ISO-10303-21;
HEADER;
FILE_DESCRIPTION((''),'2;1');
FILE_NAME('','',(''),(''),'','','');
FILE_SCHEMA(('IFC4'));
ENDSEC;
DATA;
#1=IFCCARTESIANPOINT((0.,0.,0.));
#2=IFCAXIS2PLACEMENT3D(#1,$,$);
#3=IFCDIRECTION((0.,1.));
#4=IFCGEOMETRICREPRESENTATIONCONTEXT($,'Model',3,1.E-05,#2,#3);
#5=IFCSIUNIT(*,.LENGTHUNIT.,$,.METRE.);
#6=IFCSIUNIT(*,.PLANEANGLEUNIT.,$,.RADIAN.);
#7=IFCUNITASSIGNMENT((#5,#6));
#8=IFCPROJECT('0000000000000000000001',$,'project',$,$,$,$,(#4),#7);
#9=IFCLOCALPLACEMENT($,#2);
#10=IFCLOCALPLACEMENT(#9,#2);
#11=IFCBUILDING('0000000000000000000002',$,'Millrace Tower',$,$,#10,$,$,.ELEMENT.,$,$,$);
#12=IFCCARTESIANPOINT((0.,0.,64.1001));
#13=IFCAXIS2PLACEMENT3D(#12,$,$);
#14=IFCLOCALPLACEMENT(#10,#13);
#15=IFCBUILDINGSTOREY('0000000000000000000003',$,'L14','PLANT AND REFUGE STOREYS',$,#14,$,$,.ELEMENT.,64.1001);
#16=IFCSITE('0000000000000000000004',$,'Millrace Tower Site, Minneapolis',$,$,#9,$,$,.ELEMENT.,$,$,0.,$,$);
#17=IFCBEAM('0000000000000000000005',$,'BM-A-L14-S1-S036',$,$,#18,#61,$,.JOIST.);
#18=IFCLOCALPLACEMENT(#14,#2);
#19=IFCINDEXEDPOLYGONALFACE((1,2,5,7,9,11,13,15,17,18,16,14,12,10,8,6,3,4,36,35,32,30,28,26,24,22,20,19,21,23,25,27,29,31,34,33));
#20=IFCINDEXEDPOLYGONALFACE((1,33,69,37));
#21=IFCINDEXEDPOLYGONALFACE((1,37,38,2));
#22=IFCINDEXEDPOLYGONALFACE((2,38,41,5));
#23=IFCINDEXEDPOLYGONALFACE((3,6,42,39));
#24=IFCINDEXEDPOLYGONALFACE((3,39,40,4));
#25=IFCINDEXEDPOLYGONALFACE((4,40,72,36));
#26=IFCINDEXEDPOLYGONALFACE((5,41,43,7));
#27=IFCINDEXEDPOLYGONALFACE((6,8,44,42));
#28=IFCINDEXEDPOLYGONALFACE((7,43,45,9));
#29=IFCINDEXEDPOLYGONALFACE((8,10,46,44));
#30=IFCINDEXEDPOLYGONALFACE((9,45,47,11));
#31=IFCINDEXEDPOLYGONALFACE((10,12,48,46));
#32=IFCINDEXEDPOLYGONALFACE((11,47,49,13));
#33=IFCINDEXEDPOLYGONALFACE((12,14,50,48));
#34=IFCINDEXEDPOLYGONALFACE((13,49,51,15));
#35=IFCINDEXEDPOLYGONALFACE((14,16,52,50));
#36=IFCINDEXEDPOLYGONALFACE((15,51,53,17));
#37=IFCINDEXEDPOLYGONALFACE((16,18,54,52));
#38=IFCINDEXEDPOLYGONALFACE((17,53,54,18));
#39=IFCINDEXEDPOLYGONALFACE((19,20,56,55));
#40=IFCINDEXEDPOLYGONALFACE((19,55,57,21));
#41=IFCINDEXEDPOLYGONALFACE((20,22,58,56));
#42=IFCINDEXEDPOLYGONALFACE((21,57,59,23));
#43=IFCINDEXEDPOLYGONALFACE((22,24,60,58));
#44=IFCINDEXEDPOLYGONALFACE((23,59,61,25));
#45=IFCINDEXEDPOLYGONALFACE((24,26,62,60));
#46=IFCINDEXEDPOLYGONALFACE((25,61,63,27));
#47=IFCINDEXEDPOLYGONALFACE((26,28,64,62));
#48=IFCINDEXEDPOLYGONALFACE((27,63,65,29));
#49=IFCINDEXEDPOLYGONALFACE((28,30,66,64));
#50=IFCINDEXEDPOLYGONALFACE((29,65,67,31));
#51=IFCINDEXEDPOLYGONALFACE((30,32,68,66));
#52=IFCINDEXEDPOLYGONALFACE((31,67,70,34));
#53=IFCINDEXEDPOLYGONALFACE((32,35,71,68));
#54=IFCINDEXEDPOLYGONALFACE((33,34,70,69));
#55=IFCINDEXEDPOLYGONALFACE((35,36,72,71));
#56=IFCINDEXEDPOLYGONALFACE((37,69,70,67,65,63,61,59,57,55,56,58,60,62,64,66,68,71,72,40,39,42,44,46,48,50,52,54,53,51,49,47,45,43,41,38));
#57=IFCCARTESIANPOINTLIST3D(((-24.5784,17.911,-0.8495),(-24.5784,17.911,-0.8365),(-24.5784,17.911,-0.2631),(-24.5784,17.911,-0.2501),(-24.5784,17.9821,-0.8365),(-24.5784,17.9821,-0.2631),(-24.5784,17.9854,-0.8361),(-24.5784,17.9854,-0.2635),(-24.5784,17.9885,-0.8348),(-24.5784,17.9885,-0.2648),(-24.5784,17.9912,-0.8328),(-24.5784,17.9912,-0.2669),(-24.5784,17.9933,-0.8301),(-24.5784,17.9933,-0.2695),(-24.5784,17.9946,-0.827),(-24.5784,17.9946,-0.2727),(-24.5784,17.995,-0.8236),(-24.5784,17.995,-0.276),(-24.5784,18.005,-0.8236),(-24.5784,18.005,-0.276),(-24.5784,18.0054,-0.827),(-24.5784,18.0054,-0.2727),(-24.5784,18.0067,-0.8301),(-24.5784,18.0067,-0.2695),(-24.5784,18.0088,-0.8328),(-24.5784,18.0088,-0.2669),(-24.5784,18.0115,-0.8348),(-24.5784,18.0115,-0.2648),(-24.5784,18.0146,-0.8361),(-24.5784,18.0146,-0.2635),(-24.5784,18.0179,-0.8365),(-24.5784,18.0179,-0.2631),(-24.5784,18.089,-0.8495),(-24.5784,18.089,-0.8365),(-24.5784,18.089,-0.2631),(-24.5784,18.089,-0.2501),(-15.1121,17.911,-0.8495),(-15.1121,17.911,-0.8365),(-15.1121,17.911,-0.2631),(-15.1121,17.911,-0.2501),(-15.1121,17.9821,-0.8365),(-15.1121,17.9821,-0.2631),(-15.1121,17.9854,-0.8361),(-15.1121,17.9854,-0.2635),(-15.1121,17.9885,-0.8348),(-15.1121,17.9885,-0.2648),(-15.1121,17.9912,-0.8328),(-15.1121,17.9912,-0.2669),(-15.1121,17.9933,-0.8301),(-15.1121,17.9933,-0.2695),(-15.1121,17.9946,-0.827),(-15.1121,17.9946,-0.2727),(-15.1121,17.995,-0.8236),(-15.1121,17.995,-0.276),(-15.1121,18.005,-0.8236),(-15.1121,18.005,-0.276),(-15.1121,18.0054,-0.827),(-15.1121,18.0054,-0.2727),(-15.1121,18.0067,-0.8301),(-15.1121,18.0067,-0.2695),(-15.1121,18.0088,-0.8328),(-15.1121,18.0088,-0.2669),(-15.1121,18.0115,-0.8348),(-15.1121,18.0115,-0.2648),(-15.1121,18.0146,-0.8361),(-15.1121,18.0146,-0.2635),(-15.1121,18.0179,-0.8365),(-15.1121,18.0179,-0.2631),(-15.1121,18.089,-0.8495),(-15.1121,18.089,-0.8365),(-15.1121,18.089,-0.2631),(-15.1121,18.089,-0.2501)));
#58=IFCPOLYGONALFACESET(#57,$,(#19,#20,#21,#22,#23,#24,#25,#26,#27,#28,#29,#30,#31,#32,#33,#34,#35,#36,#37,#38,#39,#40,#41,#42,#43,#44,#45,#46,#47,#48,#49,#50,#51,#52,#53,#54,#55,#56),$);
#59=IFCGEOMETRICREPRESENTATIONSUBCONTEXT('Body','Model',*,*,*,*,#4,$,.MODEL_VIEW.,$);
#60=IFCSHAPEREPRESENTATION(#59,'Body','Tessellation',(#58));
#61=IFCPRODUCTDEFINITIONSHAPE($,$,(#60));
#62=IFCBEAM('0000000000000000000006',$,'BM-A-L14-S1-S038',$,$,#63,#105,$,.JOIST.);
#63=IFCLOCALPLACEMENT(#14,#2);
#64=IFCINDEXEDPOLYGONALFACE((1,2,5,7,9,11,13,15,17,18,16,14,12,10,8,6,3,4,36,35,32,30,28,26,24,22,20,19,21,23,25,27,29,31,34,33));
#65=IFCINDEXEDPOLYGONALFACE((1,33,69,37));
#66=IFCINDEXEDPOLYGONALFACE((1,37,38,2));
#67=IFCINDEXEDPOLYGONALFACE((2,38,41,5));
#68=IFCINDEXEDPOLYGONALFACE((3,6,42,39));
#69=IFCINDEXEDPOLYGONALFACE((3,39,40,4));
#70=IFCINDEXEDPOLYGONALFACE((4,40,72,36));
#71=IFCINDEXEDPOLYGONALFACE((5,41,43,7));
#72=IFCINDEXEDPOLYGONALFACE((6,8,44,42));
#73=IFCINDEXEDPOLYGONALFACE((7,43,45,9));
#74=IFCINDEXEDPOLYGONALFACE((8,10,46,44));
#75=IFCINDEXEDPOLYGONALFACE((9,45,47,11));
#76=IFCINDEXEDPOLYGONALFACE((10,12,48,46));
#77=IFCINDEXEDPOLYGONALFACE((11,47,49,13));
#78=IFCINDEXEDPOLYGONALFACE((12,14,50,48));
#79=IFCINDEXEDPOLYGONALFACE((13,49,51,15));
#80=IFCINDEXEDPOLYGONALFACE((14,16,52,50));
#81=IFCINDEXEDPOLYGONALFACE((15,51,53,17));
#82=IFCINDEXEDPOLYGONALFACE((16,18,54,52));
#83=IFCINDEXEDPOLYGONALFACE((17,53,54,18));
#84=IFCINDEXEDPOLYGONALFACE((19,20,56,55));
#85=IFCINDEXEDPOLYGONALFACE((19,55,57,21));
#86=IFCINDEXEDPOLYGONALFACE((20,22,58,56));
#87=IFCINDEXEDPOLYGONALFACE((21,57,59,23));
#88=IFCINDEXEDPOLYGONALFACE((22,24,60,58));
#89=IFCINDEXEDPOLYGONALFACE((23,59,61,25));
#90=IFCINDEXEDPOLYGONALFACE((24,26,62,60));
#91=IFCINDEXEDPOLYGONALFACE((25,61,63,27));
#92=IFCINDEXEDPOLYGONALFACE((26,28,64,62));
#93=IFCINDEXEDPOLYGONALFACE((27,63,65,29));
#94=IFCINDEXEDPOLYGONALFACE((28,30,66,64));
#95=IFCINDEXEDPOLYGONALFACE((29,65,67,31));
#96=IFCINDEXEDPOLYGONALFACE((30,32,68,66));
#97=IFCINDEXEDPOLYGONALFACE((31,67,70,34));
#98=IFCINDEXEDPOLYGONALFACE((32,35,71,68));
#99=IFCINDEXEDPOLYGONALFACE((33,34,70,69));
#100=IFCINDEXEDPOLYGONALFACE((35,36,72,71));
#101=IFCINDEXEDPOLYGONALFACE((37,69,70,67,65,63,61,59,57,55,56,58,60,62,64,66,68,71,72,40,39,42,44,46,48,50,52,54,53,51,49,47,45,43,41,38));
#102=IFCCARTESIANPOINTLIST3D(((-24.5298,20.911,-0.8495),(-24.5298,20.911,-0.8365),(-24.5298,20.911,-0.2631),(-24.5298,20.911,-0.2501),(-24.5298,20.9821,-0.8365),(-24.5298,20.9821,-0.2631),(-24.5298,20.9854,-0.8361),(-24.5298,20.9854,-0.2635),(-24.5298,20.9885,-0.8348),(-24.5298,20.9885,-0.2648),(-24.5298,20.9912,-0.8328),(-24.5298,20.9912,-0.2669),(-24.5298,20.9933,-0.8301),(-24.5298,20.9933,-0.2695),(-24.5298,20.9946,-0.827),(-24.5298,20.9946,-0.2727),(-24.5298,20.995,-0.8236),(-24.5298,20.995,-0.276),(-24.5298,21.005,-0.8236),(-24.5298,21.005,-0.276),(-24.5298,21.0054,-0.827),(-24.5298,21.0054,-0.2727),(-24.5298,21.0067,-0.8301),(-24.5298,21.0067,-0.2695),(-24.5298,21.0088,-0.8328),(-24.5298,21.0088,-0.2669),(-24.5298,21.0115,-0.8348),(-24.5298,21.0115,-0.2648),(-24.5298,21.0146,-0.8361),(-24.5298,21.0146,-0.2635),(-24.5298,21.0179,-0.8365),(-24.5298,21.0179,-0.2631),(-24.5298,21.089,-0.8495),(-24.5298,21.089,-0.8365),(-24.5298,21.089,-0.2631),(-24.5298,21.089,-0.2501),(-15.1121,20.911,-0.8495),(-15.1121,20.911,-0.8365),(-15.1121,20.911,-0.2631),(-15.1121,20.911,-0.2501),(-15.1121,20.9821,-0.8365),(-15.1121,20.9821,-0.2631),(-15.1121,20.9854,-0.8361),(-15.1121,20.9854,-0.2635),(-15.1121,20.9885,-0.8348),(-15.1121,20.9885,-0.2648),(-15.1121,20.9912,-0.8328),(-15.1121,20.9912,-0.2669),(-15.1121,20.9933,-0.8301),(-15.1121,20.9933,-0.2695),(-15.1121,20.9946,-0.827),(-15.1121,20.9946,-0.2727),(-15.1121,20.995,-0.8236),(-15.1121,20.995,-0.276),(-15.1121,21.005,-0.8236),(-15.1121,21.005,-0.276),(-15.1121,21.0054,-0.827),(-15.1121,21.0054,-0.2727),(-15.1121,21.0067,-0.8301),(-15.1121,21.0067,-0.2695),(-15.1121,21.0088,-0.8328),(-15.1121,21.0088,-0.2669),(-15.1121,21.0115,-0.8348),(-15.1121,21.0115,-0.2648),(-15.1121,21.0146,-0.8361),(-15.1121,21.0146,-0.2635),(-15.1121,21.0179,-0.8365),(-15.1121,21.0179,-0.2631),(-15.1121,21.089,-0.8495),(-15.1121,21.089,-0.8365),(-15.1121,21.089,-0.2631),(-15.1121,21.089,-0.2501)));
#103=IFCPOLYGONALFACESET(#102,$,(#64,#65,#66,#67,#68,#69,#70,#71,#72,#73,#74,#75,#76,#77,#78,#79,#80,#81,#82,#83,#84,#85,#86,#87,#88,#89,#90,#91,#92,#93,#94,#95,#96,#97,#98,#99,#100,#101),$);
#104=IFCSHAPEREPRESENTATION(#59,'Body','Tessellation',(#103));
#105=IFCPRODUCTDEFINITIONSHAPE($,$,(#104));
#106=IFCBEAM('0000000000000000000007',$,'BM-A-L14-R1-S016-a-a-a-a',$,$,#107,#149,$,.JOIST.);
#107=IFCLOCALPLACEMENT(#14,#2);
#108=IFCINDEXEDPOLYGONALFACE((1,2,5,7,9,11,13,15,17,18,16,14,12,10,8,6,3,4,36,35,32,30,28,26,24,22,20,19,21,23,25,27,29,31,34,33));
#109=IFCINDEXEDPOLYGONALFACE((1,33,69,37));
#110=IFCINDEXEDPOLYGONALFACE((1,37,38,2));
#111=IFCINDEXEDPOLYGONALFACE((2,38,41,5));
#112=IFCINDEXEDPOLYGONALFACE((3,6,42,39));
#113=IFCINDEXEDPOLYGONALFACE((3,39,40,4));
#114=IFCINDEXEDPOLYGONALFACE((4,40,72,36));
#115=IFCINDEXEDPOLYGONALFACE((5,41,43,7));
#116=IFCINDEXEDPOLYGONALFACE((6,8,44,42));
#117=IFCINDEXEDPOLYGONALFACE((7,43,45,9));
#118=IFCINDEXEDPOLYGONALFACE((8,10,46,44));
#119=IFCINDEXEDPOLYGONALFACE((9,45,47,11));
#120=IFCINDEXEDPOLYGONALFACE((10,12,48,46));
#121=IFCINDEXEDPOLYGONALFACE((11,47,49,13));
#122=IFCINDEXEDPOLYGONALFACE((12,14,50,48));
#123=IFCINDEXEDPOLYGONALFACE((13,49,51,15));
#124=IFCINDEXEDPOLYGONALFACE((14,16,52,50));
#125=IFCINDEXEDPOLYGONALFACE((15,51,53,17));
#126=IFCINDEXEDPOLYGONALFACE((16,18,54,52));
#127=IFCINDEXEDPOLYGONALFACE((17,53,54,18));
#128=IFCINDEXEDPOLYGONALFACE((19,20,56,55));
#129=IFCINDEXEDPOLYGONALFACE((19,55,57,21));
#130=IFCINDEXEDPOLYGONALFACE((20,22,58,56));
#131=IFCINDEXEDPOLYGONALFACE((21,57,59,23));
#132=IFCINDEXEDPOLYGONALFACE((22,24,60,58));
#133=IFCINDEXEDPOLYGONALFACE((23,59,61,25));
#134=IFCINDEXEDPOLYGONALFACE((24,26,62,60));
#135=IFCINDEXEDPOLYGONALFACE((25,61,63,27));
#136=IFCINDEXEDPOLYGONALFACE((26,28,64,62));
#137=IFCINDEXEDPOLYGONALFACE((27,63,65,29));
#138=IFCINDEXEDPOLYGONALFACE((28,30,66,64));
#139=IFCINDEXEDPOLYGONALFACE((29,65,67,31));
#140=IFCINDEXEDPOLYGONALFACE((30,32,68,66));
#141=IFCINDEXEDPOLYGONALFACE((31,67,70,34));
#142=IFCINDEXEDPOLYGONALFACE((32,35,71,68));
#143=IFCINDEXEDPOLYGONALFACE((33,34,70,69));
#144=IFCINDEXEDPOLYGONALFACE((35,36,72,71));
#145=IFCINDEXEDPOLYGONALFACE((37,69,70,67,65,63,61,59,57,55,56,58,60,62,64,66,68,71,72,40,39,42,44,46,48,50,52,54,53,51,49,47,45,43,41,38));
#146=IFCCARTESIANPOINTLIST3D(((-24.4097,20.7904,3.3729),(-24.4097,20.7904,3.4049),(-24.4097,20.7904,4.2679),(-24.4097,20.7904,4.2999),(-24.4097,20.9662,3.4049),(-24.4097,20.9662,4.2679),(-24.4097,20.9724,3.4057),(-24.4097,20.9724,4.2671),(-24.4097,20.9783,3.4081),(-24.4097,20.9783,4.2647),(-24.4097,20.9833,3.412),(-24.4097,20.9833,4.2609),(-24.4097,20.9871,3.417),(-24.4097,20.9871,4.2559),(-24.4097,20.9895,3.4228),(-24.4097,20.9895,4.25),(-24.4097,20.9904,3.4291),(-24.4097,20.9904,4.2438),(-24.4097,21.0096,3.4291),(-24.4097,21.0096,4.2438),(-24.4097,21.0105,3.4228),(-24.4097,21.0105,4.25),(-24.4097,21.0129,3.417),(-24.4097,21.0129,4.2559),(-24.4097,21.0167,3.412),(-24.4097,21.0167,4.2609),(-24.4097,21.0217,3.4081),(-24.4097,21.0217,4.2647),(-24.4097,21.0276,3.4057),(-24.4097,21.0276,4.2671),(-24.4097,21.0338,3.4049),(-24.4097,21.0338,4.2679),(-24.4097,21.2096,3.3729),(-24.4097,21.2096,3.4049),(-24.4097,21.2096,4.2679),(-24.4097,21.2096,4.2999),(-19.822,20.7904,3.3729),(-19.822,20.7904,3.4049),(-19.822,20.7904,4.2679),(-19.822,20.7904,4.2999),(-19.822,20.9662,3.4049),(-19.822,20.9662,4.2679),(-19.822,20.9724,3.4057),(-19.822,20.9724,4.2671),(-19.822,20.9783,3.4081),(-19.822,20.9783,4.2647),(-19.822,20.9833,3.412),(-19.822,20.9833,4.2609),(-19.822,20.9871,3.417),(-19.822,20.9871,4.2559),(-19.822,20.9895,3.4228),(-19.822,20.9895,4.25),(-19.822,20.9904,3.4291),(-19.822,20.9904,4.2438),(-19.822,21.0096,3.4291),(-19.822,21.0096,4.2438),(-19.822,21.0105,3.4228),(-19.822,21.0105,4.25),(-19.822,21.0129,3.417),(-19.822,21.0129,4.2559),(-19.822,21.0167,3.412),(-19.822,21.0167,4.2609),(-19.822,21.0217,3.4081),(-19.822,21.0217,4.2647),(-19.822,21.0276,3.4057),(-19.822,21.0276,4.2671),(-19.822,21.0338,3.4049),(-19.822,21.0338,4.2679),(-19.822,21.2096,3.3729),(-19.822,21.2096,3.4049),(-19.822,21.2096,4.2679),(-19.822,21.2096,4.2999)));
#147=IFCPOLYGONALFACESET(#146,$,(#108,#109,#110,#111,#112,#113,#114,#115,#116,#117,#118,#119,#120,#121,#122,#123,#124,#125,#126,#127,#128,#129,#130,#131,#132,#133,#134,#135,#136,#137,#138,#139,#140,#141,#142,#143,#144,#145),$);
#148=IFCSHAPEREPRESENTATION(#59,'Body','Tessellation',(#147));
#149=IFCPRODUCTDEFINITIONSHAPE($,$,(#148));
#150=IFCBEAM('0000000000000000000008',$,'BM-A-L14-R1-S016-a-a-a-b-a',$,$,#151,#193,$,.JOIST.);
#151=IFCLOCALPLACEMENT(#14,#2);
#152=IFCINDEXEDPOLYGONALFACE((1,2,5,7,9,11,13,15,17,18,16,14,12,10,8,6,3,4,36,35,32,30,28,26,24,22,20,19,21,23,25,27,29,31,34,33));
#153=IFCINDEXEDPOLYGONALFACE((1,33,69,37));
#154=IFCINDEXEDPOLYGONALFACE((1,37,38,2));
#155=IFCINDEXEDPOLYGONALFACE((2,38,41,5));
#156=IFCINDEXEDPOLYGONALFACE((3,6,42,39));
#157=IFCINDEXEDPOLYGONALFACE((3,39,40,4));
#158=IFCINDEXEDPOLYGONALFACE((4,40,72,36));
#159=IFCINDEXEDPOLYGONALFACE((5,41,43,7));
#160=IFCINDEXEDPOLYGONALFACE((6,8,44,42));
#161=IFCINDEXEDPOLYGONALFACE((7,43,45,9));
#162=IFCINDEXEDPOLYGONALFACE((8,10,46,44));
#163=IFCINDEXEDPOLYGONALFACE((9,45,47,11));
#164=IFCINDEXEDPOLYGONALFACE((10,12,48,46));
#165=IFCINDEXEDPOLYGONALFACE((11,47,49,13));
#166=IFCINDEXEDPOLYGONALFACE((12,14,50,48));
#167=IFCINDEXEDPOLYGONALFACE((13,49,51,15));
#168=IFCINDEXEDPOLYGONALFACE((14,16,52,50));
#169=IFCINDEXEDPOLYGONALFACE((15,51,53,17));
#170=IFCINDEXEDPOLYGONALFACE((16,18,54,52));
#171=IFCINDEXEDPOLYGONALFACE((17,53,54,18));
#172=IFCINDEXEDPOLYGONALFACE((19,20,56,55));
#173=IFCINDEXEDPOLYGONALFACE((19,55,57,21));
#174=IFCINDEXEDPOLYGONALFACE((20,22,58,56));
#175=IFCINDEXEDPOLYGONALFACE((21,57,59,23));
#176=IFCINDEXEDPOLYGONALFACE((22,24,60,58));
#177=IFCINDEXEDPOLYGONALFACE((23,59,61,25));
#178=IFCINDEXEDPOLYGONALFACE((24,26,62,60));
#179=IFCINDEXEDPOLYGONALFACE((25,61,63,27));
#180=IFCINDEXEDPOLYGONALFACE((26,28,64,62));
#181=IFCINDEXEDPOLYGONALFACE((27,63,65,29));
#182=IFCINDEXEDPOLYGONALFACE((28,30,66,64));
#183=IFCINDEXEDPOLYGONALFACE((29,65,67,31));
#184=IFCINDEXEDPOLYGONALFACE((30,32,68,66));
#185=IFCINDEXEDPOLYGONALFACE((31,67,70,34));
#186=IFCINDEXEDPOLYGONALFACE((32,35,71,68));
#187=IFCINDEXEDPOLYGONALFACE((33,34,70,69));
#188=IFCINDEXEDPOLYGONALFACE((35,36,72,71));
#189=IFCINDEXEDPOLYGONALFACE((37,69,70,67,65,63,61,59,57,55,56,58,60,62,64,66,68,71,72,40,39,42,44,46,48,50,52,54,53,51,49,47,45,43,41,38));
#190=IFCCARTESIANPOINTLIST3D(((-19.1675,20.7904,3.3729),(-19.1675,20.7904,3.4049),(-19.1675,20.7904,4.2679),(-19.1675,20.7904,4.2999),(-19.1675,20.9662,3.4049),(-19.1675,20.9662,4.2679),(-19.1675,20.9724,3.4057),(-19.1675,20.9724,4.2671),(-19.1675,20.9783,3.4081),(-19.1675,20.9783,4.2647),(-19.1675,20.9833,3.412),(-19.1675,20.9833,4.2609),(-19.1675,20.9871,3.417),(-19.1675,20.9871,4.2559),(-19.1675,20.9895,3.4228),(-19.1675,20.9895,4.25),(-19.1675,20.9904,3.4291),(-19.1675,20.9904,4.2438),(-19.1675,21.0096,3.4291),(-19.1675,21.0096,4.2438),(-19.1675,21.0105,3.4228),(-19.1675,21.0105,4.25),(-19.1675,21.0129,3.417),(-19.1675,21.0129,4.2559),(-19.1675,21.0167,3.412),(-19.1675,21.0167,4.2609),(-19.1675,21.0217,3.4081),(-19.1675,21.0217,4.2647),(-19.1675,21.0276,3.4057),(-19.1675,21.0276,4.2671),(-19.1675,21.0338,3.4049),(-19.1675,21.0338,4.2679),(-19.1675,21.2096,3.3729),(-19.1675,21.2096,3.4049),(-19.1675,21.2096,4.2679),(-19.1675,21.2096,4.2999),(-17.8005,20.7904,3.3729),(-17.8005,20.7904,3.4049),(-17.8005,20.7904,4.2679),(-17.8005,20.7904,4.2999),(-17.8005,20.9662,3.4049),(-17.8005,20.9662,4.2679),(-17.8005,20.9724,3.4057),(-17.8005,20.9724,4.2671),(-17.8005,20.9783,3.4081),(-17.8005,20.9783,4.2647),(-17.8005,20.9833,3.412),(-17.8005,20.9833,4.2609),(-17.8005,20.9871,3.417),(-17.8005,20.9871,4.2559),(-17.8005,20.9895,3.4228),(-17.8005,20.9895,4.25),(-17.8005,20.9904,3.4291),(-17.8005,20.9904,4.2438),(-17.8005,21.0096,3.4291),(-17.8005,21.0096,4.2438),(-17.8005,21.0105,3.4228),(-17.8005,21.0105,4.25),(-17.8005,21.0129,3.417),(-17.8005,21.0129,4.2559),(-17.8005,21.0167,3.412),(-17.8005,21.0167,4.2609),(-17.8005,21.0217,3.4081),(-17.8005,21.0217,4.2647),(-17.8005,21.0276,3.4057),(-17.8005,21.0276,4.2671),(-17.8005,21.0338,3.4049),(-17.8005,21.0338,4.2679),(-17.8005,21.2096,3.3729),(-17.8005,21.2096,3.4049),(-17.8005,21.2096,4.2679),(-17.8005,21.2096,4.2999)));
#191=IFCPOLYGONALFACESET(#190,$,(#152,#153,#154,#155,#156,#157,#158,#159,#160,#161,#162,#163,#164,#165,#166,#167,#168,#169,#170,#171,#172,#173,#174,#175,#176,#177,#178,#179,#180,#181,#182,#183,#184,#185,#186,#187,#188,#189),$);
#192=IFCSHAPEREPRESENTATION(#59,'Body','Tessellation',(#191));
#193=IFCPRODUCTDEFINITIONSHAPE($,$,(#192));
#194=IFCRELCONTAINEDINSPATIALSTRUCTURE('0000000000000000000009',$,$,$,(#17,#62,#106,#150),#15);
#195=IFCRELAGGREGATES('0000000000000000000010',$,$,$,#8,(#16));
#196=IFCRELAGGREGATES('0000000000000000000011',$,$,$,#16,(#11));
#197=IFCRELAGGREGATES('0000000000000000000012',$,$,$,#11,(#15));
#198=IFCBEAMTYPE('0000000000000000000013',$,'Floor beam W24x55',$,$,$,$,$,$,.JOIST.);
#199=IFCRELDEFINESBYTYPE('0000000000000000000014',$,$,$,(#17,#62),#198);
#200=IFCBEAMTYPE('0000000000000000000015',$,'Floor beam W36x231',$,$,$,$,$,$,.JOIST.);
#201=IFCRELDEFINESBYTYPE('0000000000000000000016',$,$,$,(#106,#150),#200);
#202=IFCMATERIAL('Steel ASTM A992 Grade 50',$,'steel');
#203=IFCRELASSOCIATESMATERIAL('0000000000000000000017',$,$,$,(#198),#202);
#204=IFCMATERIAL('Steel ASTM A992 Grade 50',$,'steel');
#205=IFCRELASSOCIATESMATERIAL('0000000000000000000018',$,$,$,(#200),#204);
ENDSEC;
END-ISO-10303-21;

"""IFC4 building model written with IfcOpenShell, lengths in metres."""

from ifc_helpers import new_model, si_unit, direction, frame, origin, origin_2d, place, context, subcontext, project, spatial, i_section, extrude, material, material_profile, profile_set, type_object, element, save


model = new_model("IFC4")

# Units and contexts
model_context = context("Model", 3, precision=1e-05, world=origin(), true_north=direction((0.0, 1.0)))
body_context = subcontext(model_context, "Body", "Model", "MODEL_VIEW")
ifc_project = project(units=[si_unit("LENGTHUNIT", "METRE"), si_unit("PLANEANGLEUNIT", "RADIAN")], contexts=[model_context])

# Site, building, storey
site_placement = place(None, origin())
site = spatial("IfcSite", under=ifc_project, at=site_placement, Name="Millrace Tower Site, Minneapolis", CompositionType="ELEMENT", RefElevation=0.0)
building_placement = place(site_placement, origin())
building = spatial("IfcBuilding", under=site, at=building_placement, Name="Millrace Tower", CompositionType="ELEMENT")
storey_placement = place(building_placement, frame((0.0, 0.0, 64.1001)))
storey = spatial("IfcBuildingStorey", under=building, at=storey_placement, Name="L14", Description="PLANT AND REFUGE STOREYS", CompositionType="ELEMENT", Elevation=64.1001)

# Beams
ifc_material_1 = material(Name="Steel ASTM A992 Grade 50", Category="steel")
ifc_material_profile_1 = material_profile(ifc_material_1, i_section(OverallWidth=0.178, OverallDepth=0.5994, WebThickness=0.01, FlangeThickness=0.0129, FilletRadius=0.0129, at=origin_2d()))
ifc_profile_set_1 = profile_set([ifc_material_profile_1], Name="Steel ASTM A992 Grade 50")
beam_type_1 = type_object("IfcBeamType", Name="Floor beam W24x55", PredefinedType="JOIST", material=ifc_profile_set_1)
beam_1_placement = place(storey_placement, frame((-24.5784, 18.0, -0.5498), z_axis=(1.0, 0.0, 0.0), x_axis=(0.0, 1.0, 0.0)))
element("IfcBeam", 1, at=beam_1_placement, inside=storey, type_object=beam_type_1, Name="BM-A-L14-S1-S036", PredefinedType="JOIST", context=body_context, shape_type="SweptSolid", body=[
    extrude(i_section(OverallWidth=0.178, OverallDepth=0.5994, WebThickness=0.01, FlangeThickness=0.0129, FilletRadius=0.0129, at=origin_2d()), origin(), (0.0, 0.0, 1.0), 9.4663),
])
beam_2_placement = place(storey_placement, frame((-24.5298, 21.0, -0.5498), z_axis=(1.0, 0.0, 0.0), x_axis=(0.0, 1.0, 0.0)))
element("IfcBeam", 2, at=beam_2_placement, inside=storey, type_object=beam_type_1, Name="BM-A-L14-S1-S038", PredefinedType="JOIST", context=body_context, shape_type="SweptSolid", body=[
    extrude(i_section(OverallWidth=0.178, OverallDepth=0.5994, WebThickness=0.01, FlangeThickness=0.0129, FilletRadius=0.0129, at=origin_2d()), origin(), (0.0, 0.0, 1.0), 9.4177),
])
ifc_material_2 = material(Name="Steel ASTM A992 Grade 50", Category="steel")
ifc_material_profile_2 = material_profile(ifc_material_2, i_section(OverallWidth=0.4192, OverallDepth=0.927, WebThickness=0.0193, FlangeThickness=0.032, FilletRadius=0.0242, at=origin_2d()))
ifc_profile_set_2 = profile_set([ifc_material_profile_2], Name="Steel ASTM A992 Grade 50")
beam_type_2 = type_object("IfcBeamType", Name="Floor beam W36x231", PredefinedType="JOIST", material=ifc_profile_set_2)
beam_3_placement = place(storey_placement, frame((-24.4097, 21.0, 3.8364), z_axis=(1.0, 0.0, 0.0), x_axis=(0.0, 1.0, 0.0)))
element("IfcBeam", 3, at=beam_3_placement, inside=storey, type_object=beam_type_2, Name="BM-A-L14-R1-S016-a-a-a-a", PredefinedType="JOIST", context=body_context, shape_type="SweptSolid", body=[
    extrude(i_section(OverallWidth=0.4192, OverallDepth=0.927, WebThickness=0.0193, FlangeThickness=0.032, FilletRadius=0.0242, at=origin_2d()), origin(), (0.0, 0.0, 1.0), 4.5876),
])
beam_4_placement = place(storey_placement, frame((-19.1675, 21.0, 3.8364), z_axis=(1.0, 0.0, 0.0), x_axis=(0.0, 1.0, 0.0)))
element("IfcBeam", 4, at=beam_4_placement, inside=storey, type_object=beam_type_2, Name="BM-A-L14-R1-S016-a-a-a-b-a", PredefinedType="JOIST", context=body_context, shape_type="SweptSolid", body=[
    extrude(i_section(OverallWidth=0.4192, OverallDepth=0.927, WebThickness=0.0193, FlangeThickness=0.032, FilletRadius=0.0242, at=origin_2d()), origin(), (0.0, 0.0, 1.0), 1.3669),
])

save(model, "model.ifc")
